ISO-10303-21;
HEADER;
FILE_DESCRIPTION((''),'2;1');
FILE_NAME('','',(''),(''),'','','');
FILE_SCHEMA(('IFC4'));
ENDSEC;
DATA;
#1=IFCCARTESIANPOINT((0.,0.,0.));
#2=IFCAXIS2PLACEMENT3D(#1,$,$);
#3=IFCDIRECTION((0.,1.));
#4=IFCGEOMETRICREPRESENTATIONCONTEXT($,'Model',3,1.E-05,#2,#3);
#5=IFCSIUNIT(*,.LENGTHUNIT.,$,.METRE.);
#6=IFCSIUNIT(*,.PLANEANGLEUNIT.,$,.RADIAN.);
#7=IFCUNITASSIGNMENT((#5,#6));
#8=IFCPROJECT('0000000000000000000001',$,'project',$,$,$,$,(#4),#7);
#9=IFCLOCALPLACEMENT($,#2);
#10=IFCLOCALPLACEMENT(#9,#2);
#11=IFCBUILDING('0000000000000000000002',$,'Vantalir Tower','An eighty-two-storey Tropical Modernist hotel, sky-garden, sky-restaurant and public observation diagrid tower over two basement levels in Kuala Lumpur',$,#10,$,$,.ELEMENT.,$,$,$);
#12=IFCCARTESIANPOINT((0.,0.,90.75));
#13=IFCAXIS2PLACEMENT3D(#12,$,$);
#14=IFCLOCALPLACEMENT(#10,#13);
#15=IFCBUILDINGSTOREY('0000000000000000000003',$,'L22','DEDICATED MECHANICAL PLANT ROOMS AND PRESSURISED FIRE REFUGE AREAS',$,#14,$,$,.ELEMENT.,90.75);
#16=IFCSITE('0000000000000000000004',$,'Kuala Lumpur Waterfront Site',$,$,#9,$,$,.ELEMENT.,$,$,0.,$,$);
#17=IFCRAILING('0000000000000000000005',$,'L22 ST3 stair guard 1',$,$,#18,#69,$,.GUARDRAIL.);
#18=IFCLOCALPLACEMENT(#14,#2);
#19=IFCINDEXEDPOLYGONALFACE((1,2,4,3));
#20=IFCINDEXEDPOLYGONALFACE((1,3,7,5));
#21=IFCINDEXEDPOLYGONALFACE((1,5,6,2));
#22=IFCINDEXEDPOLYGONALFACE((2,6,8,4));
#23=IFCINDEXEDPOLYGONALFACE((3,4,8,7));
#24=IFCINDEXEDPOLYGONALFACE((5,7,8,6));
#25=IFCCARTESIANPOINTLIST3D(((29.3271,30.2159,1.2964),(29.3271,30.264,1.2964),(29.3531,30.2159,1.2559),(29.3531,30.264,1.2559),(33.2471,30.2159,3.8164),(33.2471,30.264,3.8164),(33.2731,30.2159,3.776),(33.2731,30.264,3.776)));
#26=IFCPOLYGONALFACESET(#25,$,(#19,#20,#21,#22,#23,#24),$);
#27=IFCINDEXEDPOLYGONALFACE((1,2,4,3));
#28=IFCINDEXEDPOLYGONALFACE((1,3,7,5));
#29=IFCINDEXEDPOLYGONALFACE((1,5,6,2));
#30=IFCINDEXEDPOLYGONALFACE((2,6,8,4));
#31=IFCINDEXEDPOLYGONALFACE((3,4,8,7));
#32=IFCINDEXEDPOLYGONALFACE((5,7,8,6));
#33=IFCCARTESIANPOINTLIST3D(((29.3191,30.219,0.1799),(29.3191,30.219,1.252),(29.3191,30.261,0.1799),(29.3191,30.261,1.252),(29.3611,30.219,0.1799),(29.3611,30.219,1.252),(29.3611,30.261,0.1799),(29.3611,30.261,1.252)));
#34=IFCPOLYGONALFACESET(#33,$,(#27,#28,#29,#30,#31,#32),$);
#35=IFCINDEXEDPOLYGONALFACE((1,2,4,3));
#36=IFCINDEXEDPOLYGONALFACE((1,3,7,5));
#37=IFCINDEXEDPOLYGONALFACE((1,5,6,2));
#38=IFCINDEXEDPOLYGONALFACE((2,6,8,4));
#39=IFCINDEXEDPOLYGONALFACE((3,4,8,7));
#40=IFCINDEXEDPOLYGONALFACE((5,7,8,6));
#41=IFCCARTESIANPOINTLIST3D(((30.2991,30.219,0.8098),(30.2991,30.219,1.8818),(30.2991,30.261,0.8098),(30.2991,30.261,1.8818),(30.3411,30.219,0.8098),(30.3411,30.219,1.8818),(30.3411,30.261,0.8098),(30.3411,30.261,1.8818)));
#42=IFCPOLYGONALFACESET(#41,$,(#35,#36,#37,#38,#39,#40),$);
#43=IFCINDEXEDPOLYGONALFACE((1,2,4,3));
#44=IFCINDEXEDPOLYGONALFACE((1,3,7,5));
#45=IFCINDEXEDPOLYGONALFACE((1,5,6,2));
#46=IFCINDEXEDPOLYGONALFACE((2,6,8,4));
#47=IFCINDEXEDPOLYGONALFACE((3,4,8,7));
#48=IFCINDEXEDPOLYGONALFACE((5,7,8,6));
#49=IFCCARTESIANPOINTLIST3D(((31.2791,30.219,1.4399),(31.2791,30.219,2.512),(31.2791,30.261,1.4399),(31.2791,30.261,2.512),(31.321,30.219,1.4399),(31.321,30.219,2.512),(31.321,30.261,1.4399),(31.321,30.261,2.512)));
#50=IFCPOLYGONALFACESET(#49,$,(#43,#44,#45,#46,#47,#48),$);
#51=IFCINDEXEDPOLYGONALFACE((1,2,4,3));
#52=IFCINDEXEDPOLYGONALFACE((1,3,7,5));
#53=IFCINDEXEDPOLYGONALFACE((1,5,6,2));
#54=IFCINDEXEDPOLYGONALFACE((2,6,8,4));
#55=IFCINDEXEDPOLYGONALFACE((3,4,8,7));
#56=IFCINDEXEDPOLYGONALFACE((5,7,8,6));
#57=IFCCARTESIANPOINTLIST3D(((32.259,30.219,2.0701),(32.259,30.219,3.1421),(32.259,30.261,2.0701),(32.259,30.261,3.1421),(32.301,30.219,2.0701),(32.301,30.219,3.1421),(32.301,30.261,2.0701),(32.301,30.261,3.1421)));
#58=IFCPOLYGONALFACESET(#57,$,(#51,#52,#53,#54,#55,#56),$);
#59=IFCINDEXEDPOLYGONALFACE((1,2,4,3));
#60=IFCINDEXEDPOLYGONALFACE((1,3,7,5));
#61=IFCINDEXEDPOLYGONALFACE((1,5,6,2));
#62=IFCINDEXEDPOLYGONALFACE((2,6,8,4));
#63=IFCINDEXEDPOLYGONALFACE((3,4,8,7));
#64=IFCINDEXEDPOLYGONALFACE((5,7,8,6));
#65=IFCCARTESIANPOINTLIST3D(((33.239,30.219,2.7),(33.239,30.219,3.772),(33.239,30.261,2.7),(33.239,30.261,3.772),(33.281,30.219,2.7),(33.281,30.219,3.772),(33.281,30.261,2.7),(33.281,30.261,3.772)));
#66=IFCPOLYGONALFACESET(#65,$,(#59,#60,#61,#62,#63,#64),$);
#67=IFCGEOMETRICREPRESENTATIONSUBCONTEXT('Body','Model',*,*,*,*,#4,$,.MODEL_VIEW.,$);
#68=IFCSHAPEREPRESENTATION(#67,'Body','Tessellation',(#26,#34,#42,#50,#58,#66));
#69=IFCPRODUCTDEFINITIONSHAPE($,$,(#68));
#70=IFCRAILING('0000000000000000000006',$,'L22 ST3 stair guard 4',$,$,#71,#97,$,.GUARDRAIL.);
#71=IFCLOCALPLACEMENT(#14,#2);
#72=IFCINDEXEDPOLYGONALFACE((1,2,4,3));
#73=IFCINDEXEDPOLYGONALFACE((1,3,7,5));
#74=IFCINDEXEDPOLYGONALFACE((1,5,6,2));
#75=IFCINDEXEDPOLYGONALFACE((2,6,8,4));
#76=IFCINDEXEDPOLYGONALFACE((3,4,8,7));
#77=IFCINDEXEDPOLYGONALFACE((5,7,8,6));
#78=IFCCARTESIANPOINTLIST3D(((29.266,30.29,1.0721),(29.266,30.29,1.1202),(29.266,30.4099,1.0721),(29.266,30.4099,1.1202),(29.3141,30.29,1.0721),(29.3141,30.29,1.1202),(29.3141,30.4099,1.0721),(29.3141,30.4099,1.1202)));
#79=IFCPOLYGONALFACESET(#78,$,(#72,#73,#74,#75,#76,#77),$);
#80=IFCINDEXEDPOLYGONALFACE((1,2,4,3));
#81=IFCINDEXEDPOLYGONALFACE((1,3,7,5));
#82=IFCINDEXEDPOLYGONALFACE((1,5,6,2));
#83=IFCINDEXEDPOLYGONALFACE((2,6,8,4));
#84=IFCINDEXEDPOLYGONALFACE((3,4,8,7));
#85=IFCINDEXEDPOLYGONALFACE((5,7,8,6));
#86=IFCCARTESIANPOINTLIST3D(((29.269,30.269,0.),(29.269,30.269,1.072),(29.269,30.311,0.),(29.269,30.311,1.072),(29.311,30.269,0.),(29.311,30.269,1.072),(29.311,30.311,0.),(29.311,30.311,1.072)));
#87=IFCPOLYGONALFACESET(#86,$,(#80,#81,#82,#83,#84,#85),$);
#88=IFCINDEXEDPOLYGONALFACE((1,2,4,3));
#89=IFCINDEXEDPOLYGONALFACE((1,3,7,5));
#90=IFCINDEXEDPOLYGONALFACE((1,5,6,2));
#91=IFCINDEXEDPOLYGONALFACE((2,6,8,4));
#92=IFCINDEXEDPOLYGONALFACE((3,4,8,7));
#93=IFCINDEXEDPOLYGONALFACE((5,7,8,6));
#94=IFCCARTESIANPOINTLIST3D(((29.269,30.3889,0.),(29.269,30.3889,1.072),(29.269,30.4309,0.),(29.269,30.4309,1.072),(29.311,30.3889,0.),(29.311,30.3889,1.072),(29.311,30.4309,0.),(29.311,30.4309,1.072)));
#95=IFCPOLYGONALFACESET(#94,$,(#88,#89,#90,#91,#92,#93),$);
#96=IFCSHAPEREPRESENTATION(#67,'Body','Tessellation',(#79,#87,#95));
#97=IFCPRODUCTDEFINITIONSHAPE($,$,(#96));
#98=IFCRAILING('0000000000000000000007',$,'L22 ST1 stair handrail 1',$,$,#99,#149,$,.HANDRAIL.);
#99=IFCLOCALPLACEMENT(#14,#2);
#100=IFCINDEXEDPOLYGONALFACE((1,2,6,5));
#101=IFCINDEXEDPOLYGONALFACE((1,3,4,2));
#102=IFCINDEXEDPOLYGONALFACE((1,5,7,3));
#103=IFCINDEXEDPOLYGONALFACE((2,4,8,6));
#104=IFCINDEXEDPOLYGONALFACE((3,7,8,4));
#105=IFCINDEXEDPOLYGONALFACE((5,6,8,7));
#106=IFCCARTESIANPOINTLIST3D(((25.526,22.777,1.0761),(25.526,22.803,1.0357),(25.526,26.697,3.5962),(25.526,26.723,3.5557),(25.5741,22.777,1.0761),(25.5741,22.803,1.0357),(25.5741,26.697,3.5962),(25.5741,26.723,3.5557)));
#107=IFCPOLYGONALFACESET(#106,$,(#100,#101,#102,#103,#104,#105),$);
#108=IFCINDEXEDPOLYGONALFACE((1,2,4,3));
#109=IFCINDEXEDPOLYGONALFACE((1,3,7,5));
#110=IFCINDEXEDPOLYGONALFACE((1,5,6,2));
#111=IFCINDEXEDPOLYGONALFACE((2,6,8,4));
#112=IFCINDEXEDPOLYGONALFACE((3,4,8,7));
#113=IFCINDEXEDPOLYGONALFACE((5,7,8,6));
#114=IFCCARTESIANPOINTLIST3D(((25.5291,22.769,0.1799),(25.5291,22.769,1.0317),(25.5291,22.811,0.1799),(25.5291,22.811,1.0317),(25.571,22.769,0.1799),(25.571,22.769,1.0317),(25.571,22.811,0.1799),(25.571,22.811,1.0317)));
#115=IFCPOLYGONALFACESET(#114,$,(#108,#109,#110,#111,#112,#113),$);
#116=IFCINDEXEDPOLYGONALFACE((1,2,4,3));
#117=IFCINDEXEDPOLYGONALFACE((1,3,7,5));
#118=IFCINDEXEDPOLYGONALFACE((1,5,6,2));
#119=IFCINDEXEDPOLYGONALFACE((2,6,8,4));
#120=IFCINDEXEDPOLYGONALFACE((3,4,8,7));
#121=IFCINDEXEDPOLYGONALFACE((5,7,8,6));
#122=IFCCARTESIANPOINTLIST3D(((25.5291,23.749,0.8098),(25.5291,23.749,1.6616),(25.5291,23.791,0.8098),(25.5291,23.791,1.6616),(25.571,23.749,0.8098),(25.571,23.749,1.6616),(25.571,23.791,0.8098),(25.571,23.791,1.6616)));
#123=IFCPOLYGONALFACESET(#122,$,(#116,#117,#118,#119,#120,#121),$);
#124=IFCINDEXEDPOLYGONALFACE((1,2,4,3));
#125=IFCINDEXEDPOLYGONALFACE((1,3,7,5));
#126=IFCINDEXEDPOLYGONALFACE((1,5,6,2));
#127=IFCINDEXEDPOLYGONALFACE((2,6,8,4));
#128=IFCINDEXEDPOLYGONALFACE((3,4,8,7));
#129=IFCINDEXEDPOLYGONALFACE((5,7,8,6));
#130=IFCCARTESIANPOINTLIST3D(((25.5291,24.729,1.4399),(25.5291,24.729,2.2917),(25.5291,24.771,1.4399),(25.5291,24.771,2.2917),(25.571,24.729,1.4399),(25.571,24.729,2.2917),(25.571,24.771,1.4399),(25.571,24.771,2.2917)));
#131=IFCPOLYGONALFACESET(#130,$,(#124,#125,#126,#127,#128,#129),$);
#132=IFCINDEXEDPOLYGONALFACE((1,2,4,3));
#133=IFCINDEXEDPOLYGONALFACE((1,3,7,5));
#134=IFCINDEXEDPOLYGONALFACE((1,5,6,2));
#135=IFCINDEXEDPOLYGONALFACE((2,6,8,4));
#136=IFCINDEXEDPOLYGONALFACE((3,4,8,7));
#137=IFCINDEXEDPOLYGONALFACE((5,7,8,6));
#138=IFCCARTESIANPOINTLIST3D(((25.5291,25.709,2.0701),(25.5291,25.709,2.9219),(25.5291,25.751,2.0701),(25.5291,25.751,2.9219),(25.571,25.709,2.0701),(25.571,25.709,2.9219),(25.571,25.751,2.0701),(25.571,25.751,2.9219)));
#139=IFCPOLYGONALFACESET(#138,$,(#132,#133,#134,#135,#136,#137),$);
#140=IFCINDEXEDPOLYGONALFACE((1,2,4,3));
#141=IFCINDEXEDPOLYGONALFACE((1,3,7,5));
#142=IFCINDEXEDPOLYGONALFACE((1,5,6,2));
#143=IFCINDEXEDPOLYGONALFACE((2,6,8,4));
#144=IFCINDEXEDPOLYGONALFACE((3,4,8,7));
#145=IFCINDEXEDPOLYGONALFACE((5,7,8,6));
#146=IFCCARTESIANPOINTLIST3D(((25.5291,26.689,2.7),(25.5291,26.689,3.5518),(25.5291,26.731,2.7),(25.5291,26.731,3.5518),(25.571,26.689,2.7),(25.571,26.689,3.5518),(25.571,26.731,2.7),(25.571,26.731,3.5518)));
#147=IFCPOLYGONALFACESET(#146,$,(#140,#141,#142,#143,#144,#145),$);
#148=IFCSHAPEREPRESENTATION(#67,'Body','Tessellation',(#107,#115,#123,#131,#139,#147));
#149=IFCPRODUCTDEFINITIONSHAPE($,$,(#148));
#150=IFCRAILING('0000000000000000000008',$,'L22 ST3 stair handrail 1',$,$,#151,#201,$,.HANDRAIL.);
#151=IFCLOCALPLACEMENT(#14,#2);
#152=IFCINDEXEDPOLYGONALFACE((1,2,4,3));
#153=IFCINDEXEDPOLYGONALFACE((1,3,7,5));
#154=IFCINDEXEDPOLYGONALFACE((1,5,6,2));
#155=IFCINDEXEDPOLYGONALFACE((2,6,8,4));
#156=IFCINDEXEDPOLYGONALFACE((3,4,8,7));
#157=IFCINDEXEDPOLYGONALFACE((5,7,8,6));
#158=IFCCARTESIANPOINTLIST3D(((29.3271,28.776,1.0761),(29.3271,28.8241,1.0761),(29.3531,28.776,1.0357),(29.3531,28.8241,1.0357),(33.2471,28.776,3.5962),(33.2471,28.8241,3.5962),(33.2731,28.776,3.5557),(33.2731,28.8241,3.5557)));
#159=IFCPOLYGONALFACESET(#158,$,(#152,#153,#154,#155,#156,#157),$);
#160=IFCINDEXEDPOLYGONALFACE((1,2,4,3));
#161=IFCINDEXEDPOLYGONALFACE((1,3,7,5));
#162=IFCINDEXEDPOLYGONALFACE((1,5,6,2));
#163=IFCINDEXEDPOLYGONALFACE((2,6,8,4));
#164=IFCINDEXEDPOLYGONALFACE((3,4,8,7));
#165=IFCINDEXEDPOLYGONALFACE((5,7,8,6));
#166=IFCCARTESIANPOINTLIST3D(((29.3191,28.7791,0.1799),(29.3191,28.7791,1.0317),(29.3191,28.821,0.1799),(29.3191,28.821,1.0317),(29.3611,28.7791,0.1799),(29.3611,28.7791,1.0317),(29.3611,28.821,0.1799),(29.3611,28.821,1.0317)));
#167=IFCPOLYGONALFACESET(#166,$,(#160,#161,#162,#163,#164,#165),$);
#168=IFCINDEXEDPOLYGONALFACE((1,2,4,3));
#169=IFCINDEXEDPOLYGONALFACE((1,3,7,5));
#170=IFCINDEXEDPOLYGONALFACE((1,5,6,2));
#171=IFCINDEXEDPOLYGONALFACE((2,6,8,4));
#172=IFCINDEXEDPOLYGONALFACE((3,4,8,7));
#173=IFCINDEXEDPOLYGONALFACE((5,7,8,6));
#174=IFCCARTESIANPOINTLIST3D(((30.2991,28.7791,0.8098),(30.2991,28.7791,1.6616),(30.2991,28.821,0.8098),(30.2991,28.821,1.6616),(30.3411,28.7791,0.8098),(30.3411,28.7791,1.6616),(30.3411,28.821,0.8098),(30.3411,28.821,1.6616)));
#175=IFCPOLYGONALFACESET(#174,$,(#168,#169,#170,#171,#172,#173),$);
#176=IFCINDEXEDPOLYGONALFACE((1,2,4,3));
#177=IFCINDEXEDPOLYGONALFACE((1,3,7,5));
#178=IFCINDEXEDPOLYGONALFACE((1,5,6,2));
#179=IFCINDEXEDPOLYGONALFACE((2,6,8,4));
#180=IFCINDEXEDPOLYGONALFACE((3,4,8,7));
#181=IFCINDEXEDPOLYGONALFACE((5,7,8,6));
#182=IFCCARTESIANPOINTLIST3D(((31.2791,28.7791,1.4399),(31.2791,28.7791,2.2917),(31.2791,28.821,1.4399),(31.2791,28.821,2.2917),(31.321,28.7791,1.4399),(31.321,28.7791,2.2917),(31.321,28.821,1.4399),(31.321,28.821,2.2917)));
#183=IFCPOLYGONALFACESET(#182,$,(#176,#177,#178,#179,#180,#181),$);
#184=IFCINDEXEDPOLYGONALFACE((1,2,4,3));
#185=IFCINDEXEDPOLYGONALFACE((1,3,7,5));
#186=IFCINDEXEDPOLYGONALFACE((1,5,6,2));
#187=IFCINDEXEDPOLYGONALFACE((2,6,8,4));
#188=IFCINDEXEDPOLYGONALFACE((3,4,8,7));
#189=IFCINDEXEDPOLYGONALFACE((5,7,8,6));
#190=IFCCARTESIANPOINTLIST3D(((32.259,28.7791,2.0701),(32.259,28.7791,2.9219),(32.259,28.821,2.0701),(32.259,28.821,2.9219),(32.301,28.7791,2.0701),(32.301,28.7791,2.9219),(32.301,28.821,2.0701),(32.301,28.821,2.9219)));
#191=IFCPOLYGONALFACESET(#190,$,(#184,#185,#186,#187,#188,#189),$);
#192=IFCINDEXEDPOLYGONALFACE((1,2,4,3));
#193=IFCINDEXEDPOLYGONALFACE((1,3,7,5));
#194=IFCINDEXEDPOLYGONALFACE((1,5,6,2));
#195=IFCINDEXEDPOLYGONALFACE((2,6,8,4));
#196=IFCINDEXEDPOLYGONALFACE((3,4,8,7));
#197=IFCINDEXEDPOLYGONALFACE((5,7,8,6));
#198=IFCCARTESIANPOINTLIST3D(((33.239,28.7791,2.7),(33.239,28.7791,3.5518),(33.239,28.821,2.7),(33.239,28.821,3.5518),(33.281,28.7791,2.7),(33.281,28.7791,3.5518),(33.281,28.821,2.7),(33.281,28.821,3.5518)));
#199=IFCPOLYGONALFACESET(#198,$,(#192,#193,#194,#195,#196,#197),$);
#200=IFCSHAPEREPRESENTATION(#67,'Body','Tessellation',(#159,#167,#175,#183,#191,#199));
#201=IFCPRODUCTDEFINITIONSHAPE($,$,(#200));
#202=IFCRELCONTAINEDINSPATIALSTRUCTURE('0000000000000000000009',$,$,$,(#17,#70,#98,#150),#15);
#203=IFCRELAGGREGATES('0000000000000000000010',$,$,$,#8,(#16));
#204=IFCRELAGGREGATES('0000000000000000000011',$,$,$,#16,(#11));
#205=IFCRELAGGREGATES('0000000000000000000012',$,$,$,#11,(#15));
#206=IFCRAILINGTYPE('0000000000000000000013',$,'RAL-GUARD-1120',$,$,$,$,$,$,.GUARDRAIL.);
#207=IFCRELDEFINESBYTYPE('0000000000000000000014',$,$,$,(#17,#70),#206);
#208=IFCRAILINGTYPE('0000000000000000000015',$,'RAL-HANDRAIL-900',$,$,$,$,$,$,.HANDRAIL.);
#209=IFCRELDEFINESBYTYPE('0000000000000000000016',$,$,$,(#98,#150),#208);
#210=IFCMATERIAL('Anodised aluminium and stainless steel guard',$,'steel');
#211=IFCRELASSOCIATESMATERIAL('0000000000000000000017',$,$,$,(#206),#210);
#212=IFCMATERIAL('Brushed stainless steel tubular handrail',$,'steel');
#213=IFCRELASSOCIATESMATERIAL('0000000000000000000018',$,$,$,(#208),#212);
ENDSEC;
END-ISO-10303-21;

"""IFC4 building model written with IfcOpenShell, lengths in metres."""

from ifc_helpers import new_model, si_unit, direction, frame, origin, origin_2d, place, context, subcontext, project, spatial, rectangle, extrude, material, type_object, element, save


model = new_model("IFC4")

# Units and contexts
model_context = context("Model", 3, precision=1e-05, world=origin(), true_north=direction((0.0, 1.0)))
body_context = subcontext(model_context, "Body", "Model", "MODEL_VIEW")
ifc_project = project(units=[si_unit("LENGTHUNIT", "METRE"), si_unit("PLANEANGLEUNIT", "RADIAN")], contexts=[model_context])

# Site, building, storey
site_placement = place(None, origin())
site = spatial("IfcSite", under=ifc_project, at=site_placement, Name="Kuala Lumpur Waterfront Site", CompositionType="ELEMENT", RefElevation=0.0)
building_placement = place(site_placement, origin())
building = spatial("IfcBuilding", under=site, at=building_placement, Name="Vantalir Tower", Description="An eighty-two-storey Tropical Modernist hotel, sky-garden, sky-restaurant and public observation diagrid tower over two basement levels in Kuala Lumpur", CompositionType="ELEMENT")
storey_placement = place(building_placement, frame((0.0, 0.0, 90.75)))
storey = spatial("IfcBuildingStorey", under=building, at=storey_placement, Name="L22", Description="DEDICATED MECHANICAL PLANT ROOMS AND PRESSURISED FIRE REFUGE AREAS", CompositionType="ELEMENT", Elevation=90.75)

# Railings
ifc_material_1 = material(Name="Anodised aluminium and stainless steel guard", Category="steel")
railing_type_1 = type_object("IfcRailingType", Name="RAL-GUARD-1120", PredefinedType="GUARDRAIL", material=ifc_material_1)
railing_1_placement = place(storey_placement, frame((29.3401, 30.24, 0.1799)))
element("IfcRailing", 1, at=railing_1_placement, inside=storey, type_object=railing_type_1, Name="L22 ST3 stair guard 1", PredefinedType="GUARDRAIL", context=body_context, shape_type="SweptSolid", body=[
    extrude(rectangle(XDim=0.0481, YDim=0.0481, at=origin_2d()), frame((0.0, 0.0, 1.0962), z_axis=(0.841172, 0.0, 0.540768), x_axis=(0.0, 1.0, 0.0)), (0.0, 0.0, 1.0), 4.6602),
    extrude(rectangle(XDim=0.042, YDim=0.042, at=origin_2d()), origin(), (0.0, 0.0, 1.0), 1.072),
    extrude(rectangle(XDim=0.042, YDim=0.042, at=origin_2d()), frame((0.98, 0.0, 0.6299)), (0.0, 0.0, 1.0), 1.072),
    extrude(rectangle(XDim=0.042, YDim=0.042, at=origin_2d()), frame((1.96, 0.0, 1.26)), (0.0, 0.0, 1.0), 1.072),
    extrude(rectangle(XDim=0.042, YDim=0.042, at=origin_2d()), frame((2.9399, 0.0, 1.8901)), (0.0, 0.0, 1.0), 1.072),
    extrude(rectangle(XDim=0.042, YDim=0.042, at=origin_2d()), frame((3.9199, 0.0, 2.52)), (0.0, 0.0, 1.0), 1.072),
])
railing_2_placement = place(storey_placement, frame((29.29, 30.29, 0.0)))
element("IfcRailing", 2, at=railing_2_placement, inside=storey, type_object=railing_type_1, Name="L22 ST3 stair guard 4", PredefinedType="GUARDRAIL", context=body_context, shape_type="SweptSolid", body=[
    extrude(rectangle(XDim=0.0481, YDim=0.0481, at=origin_2d()), frame((0.0, 0.0, 1.0962), z_axis=(0.0, 1.0, 0.0), x_axis=(-1.0, 0.0, 0.0)), (0.0, 0.0, 1.0), 0.1199),
    extrude(rectangle(XDim=0.042, YDim=0.042, at=origin_2d()), origin(), (0.0, 0.0, 1.0), 1.072),
    extrude(rectangle(XDim=0.042, YDim=0.042, at=origin_2d()), frame((0.0, 0.1199, 0.0)), (0.0, 0.0, 1.0), 1.072),
])
ifc_material_2 = material(Name="Brushed stainless steel tubular handrail", Category="steel")
railing_type_2 = type_object("IfcRailingType", Name="RAL-HANDRAIL-900", PredefinedType="HANDRAIL", material=ifc_material_2)
railing_3_placement = place(storey_placement, frame((25.55, 22.79, 0.1799)))
element("IfcRailing", 3, at=railing_3_placement, inside=storey, type_object=railing_type_2, Name="L22 ST1 stair handrail 1", PredefinedType="HANDRAIL", context=body_context, shape_type="SweptSolid", body=[
    extrude(rectangle(XDim=0.0481, YDim=0.0481, at=origin_2d()), frame((0.0, 0.0, 0.876), z_axis=(0.0, 0.841172, 0.540768), x_axis=(-1.0, 0.0, 0.0)), (0.0, 0.0, 1.0), 4.6602),
    extrude(rectangle(XDim=0.042, YDim=0.042, at=origin_2d()), origin(), (0.0, 0.0, 1.0), 0.8518),
    extrude(rectangle(XDim=0.042, YDim=0.042, at=origin_2d()), frame((0.0, 0.98, 0.6299)), (0.0, 0.0, 1.0), 0.8518),
    extrude(rectangle(XDim=0.042, YDim=0.042, at=origin_2d()), frame((0.0, 1.96, 1.26)), (0.0, 0.0, 1.0), 0.8518),
    extrude(rectangle(XDim=0.042, YDim=0.042, at=origin_2d()), frame((0.0, 2.9399, 1.8901)), (0.0, 0.0, 1.0), 0.8518),
    extrude(rectangle(XDim=0.042, YDim=0.042, at=origin_2d()), frame((0.0, 3.9199, 2.52)), (0.0, 0.0, 1.0), 0.8518),
])
railing_4_placement = place(storey_placement, frame((29.3401, 28.8, 0.1799)))
element("IfcRailing", 4, at=railing_4_placement, inside=storey, type_object=railing_type_2, Name="L22 ST3 stair handrail 1", PredefinedType="HANDRAIL", context=body_context, shape_type="SweptSolid", body=[
    extrude(rectangle(XDim=0.0481, YDim=0.0481, at=origin_2d()), frame((0.0, 0.0, 0.876), z_axis=(0.841172, 0.0, 0.540768), x_axis=(0.0, 1.0, 0.0)), (0.0, 0.0, 1.0), 4.6602),
    extrude(rectangle(XDim=0.042, YDim=0.042, at=origin_2d()), origin(), (0.0, 0.0, 1.0), 0.8518),
    extrude(rectangle(XDim=0.042, YDim=0.042, at=origin_2d()), frame((0.98, 0.0, 0.6299)), (0.0, 0.0, 1.0), 0.8518),
    extrude(rectangle(XDim=0.042, YDim=0.042, at=origin_2d()), frame((1.96, 0.0, 1.26)), (0.0, 0.0, 1.0), 0.8518),
    extrude(rectangle(XDim=0.042, YDim=0.042, at=origin_2d()), frame((2.9399, 0.0, 1.8901)), (0.0, 0.0, 1.0), 0.8518),
    extrude(rectangle(XDim=0.042, YDim=0.042, at=origin_2d()), frame((3.9199, 0.0, 2.52)), (0.0, 0.0, 1.0), 0.8518),
])

save(model, "model.ifc")
